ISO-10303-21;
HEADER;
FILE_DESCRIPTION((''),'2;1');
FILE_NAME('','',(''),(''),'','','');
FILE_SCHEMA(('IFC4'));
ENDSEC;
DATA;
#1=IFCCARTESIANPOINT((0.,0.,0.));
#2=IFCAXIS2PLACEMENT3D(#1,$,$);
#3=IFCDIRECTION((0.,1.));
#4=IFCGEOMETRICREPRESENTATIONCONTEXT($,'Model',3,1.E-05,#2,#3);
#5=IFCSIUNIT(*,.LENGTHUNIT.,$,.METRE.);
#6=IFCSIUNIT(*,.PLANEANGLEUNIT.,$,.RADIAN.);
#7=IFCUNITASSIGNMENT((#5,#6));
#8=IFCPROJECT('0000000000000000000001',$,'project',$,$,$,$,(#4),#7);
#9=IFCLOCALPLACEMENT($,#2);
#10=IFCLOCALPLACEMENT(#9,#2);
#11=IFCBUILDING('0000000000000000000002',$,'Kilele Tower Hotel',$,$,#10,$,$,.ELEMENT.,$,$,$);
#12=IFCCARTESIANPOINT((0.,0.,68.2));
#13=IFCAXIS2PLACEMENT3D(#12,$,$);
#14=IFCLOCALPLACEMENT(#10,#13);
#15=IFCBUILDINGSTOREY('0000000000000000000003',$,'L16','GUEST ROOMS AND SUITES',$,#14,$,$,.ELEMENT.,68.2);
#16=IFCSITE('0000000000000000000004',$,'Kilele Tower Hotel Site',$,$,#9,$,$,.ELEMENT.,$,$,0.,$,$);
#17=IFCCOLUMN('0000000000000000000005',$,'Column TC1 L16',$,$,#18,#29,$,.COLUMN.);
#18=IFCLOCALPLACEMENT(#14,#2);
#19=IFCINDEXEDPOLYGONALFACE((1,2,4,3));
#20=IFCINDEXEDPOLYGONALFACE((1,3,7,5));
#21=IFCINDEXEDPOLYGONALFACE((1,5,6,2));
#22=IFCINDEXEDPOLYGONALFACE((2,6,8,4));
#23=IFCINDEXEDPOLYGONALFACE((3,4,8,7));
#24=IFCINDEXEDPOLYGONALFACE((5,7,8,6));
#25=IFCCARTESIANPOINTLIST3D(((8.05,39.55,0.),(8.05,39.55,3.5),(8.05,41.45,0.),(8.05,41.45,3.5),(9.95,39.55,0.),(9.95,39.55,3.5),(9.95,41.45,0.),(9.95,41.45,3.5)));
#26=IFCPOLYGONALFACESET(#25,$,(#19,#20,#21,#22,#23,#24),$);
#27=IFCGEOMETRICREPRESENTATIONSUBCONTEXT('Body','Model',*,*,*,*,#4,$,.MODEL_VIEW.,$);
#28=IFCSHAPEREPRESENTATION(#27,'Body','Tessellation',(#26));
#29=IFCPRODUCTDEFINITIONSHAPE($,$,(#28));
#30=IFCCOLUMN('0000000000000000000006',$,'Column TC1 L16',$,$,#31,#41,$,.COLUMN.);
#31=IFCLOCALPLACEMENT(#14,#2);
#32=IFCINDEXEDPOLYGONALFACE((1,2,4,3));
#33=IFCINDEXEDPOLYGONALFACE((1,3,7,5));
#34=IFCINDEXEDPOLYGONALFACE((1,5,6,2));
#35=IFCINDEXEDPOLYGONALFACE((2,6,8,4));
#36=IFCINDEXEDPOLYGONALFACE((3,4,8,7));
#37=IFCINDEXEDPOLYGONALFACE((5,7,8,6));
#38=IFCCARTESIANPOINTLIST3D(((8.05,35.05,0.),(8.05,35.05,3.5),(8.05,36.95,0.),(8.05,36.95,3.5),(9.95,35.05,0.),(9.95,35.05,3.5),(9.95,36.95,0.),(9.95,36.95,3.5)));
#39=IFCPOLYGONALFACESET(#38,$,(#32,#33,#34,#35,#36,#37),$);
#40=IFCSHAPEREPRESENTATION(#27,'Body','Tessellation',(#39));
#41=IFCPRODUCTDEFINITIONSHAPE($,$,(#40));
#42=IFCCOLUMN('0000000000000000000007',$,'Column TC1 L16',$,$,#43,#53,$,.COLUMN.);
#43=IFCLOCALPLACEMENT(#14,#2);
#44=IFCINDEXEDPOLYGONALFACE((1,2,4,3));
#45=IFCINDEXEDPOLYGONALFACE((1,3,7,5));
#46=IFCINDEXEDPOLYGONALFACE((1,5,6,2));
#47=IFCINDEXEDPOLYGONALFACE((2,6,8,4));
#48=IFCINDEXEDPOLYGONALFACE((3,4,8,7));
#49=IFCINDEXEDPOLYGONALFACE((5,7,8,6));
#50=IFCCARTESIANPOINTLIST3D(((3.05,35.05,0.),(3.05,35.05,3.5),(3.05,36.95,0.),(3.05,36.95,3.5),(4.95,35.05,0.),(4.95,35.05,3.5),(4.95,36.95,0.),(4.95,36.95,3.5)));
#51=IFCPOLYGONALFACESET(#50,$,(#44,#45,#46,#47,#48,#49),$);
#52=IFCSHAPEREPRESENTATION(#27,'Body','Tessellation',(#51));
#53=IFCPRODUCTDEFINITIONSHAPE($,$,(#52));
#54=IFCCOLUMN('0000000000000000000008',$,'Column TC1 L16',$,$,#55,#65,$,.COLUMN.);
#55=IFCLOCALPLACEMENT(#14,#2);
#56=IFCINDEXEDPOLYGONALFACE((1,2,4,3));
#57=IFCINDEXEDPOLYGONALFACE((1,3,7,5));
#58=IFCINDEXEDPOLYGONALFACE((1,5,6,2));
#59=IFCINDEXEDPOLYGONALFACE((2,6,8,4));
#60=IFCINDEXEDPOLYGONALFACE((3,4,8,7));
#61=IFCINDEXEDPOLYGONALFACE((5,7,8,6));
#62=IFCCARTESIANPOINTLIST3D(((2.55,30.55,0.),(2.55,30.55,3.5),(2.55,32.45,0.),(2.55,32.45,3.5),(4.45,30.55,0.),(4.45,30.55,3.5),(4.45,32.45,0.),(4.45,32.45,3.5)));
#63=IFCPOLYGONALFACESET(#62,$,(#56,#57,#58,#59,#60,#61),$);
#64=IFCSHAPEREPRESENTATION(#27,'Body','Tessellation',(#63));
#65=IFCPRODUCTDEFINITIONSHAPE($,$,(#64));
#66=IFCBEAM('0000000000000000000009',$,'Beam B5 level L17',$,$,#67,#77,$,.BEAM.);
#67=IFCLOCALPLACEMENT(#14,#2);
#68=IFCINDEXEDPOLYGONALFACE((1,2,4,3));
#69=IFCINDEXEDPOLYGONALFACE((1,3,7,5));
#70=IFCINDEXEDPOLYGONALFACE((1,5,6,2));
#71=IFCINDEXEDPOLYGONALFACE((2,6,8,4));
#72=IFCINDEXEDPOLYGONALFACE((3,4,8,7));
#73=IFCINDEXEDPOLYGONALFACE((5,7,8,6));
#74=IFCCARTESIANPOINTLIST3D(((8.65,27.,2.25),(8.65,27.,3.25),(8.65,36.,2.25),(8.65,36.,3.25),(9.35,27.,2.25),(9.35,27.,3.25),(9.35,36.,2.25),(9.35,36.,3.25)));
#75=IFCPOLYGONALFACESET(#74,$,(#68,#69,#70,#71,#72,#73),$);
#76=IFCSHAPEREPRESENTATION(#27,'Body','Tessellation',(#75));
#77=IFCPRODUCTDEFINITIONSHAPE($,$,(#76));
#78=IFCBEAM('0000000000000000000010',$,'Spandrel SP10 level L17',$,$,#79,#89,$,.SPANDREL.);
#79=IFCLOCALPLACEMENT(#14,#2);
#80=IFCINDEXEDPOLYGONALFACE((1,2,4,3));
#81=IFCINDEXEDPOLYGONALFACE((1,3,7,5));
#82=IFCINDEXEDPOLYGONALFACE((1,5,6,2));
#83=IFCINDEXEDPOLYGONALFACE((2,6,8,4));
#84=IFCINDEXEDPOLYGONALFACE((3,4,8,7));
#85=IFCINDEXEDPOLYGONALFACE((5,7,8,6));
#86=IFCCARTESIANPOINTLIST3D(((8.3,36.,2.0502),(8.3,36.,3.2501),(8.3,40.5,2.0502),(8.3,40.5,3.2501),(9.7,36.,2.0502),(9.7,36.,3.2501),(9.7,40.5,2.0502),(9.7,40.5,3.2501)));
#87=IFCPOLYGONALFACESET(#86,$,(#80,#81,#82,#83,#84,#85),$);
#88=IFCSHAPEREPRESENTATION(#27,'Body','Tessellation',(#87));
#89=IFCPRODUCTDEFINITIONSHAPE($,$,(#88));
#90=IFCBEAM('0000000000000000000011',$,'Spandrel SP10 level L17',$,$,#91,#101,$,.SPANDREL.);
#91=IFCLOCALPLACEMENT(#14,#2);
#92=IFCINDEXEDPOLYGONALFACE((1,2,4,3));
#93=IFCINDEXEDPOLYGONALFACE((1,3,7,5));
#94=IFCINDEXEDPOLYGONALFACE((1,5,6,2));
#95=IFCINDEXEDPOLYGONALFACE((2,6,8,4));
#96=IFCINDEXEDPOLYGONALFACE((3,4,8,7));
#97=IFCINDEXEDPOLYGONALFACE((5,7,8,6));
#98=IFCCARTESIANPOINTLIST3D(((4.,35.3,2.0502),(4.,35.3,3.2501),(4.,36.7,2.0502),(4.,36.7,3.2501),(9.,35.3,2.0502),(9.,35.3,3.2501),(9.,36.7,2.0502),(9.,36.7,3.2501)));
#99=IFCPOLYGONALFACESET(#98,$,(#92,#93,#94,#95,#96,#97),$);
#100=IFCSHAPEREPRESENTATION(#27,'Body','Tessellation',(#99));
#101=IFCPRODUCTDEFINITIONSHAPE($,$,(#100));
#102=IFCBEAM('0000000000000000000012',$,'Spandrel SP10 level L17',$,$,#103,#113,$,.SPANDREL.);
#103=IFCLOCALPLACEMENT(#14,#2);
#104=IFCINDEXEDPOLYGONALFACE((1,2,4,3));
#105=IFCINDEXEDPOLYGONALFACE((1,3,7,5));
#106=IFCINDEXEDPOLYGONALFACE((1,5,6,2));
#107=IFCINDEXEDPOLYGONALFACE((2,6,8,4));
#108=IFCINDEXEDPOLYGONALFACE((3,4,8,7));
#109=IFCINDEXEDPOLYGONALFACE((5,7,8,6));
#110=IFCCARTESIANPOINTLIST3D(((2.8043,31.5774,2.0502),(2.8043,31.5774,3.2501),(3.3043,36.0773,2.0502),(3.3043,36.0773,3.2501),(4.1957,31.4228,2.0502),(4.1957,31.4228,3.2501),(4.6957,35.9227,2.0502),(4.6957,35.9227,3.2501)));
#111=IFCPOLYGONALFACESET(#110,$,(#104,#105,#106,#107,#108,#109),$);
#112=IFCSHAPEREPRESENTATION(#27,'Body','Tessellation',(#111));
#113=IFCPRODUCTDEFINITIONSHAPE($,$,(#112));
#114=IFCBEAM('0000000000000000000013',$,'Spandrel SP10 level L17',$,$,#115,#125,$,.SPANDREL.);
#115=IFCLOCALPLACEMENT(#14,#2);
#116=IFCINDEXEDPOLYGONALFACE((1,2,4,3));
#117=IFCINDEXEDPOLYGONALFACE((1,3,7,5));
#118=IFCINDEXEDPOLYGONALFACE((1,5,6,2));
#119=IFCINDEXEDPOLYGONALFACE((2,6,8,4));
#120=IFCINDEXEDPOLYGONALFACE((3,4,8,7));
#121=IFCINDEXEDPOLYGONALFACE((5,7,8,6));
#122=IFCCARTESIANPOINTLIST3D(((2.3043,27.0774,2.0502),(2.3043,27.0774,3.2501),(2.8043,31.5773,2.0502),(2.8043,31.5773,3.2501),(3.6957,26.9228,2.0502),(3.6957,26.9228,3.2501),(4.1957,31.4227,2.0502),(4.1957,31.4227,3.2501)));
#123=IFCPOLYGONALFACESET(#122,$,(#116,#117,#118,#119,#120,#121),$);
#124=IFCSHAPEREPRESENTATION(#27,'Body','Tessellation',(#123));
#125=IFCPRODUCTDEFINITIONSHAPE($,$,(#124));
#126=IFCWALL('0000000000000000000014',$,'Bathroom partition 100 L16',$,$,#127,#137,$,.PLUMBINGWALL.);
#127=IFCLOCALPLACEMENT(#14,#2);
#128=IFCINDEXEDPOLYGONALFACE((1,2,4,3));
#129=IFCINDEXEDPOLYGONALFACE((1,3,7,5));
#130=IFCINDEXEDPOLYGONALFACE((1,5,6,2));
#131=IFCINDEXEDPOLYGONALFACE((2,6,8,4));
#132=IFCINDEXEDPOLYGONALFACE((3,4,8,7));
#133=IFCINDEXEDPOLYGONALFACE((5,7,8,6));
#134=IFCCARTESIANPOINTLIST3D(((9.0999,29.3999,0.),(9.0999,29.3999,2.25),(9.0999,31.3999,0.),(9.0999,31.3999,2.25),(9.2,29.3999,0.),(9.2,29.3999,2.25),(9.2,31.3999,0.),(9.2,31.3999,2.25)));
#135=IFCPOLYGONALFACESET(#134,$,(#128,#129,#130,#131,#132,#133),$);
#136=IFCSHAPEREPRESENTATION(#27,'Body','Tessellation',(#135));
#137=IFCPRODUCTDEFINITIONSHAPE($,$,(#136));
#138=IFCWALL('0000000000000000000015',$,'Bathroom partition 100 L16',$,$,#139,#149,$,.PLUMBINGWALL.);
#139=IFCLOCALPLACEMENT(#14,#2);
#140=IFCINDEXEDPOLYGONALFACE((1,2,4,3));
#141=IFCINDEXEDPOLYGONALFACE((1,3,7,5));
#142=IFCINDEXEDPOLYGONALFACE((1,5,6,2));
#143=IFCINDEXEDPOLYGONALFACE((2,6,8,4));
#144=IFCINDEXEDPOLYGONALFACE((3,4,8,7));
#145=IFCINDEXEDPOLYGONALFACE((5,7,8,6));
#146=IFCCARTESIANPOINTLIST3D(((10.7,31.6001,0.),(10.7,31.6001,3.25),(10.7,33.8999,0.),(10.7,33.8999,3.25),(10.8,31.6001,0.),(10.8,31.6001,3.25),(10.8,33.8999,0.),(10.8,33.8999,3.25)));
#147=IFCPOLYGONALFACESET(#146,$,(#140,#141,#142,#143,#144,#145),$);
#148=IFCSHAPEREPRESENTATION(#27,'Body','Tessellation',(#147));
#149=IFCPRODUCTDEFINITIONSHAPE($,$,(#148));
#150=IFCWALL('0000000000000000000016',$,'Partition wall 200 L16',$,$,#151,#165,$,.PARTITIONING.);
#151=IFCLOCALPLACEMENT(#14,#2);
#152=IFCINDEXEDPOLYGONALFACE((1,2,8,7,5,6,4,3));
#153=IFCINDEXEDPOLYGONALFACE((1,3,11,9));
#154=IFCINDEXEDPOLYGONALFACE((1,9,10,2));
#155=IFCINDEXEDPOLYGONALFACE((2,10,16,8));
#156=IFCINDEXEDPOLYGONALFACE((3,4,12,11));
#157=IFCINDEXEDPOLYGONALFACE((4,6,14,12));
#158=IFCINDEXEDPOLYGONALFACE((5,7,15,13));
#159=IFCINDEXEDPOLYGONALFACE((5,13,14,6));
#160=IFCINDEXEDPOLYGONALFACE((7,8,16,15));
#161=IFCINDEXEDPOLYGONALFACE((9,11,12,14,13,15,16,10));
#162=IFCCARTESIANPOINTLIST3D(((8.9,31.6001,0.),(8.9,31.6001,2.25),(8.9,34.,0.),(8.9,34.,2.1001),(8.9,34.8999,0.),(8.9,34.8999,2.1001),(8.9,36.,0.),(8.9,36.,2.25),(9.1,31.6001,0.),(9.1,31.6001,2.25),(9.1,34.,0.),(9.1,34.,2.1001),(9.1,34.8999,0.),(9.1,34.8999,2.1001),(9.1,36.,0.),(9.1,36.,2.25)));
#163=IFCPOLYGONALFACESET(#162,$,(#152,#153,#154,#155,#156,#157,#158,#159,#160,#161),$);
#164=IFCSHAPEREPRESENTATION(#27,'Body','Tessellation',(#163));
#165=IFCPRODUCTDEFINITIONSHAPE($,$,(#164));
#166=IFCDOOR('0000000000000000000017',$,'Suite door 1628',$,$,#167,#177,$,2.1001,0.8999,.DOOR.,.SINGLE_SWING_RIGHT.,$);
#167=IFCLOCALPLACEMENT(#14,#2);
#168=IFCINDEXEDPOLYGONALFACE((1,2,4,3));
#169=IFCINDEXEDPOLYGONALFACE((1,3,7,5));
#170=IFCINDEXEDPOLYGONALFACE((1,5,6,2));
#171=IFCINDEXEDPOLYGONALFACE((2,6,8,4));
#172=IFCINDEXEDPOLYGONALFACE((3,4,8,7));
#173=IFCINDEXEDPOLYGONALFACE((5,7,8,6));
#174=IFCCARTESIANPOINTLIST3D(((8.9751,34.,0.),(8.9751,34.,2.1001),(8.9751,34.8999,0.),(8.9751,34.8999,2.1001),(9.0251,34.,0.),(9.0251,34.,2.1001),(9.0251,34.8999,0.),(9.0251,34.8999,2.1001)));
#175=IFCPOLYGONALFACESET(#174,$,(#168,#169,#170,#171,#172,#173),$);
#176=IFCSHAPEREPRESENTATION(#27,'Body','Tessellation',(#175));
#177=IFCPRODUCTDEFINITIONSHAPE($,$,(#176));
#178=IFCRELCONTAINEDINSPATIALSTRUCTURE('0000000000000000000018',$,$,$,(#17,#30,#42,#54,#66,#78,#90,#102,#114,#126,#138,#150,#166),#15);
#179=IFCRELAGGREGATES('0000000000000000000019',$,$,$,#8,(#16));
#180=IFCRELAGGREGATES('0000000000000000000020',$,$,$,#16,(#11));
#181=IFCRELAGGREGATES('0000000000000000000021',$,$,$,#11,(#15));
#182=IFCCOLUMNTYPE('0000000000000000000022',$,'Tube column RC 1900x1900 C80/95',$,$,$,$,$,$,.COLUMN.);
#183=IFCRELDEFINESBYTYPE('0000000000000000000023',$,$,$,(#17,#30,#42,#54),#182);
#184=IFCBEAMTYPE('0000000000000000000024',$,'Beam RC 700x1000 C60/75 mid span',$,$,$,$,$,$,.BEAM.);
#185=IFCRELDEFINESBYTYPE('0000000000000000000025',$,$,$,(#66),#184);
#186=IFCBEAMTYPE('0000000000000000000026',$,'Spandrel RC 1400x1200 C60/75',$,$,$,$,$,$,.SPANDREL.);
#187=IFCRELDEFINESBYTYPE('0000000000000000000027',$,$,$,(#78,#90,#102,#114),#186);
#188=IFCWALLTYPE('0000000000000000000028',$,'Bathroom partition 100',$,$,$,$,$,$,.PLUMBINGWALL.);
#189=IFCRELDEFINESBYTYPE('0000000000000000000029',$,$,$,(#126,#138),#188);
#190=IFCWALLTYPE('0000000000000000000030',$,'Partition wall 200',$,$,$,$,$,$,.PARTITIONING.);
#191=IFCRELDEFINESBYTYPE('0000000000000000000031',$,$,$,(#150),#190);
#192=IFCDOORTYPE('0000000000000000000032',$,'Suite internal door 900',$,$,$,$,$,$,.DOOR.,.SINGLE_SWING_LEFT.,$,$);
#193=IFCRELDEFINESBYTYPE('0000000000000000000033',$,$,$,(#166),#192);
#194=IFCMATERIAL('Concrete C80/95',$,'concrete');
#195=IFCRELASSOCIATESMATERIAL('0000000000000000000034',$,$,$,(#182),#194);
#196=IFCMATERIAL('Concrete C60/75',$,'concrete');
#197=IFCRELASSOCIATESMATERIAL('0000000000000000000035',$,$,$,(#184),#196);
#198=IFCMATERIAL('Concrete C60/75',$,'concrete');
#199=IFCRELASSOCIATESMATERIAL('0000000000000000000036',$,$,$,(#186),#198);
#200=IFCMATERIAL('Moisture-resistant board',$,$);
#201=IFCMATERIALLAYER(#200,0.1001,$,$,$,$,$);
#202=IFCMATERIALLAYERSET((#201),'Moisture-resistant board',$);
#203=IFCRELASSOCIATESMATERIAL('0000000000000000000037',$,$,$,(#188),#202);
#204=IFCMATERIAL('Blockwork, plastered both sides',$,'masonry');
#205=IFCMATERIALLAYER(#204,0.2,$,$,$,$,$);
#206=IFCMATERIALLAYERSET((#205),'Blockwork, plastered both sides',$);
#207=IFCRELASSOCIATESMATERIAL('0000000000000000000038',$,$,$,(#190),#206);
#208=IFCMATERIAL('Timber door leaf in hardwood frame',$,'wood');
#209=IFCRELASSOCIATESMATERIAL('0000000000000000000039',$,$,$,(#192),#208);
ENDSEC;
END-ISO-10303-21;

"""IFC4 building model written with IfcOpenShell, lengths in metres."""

from ifc_helpers import new_model, si_unit, direction, frame, frame_2d, origin, origin_2d, place, context, subcontext, project, spatial, rectangle, extrude, material, layer, layer_set, material_profile, profile_set, type_object, element, fill, save


model = new_model("IFC4")

# Units and contexts
model_context = context("Model", 3, precision=1e-05, world=origin(), true_north=direction((0.0, 1.0)))
body_context = subcontext(model_context, "Body", "Model", "MODEL_VIEW")
ifc_project = project(units=[si_unit("LENGTHUNIT", "METRE"), si_unit("PLANEANGLEUNIT", "RADIAN")], contexts=[model_context])

# Site, building, storey
site_placement = place(None, origin())
site = spatial("IfcSite", under=ifc_project, at=site_placement, Name="Kilele Tower Hotel Site", CompositionType="ELEMENT", RefElevation=0.0)
building_placement = place(site_placement, origin())
building = spatial("IfcBuilding", under=site, at=building_placement, Name="Kilele Tower Hotel", CompositionType="ELEMENT")
storey_placement = place(building_placement, frame((0.0, 0.0, 68.2)))
storey = spatial("IfcBuildingStorey", under=building, at=storey_placement, Name="L16", Description="GUEST ROOMS AND SUITES", CompositionType="ELEMENT", Elevation=68.2)

# Columns
ifc_material_1 = material(Name="Concrete C80/95", Category="concrete")
ifc_material_profile_1 = material_profile(ifc_material_1, rectangle(XDim=1.8999, YDim=1.8999, at=origin_2d()))
ifc_profile_set_1 = profile_set([ifc_material_profile_1], Name="Concrete C80/95")
column_type = type_object("IfcColumnType", Name="Tube column RC 1900x1900 C80/95", PredefinedType="COLUMN", material=ifc_profile_set_1)
for number, where, z_axis, x_axis, name in (
    (1, (9.0, 40.5, 0.0), (0.0, 0.0, 1.0), (1.0, 0.0, 0.0), "Column TC1 L16"),
    (2, (9.0, 36.0, 0.0), (0.0, 0.0, 1.0), (1.0, 0.0, 0.0), "Column TC1 L16"),
    (3, (4.0, 36.0, 0.0), (0.0, 0.0, 1.0), (1.0, 0.0, 0.0), "Column TC1 L16"),
    (4, (3.5, 31.5, 0.0), (0.0, 0.0, 1.0), (1.0, 0.0, 0.0), "Column TC1 L16"),
):
    element("IfcColumn", number, at=place(storey_placement, frame(where, z_axis=z_axis, x_axis=x_axis)), inside=storey, type_object=column_type, Name=name, PredefinedType="COLUMN", context=body_context, shape_type="SweptSolid", body=[
        extrude(rectangle(XDim=1.8999, YDim=1.8999, at=origin_2d()), origin(), (0.0, 0.0, 1.0), 3.5),
    ])

# Beams
ifc_material_2 = material(Name="Concrete C60/75", Category="concrete")
ifc_material_profile_2 = material_profile(ifc_material_2, rectangle(XDim=0.7, YDim=1.0, at=origin_2d()))
ifc_profile_set_2 = profile_set([ifc_material_profile_2], Name="Concrete C60/75")
beam_type_1 = type_object("IfcBeamType", Name="Beam RC 700x1000 C60/75 mid span", PredefinedType="BEAM", material=ifc_profile_set_2)
beam_1_placement = place(storey_placement, frame((9.0, 36.0, 2.75), z_axis=(0.0, -1.0, 0.0), x_axis=(1.0, 0.0, 0.0)))
element("IfcBeam", 5, at=beam_1_placement, inside=storey, type_object=beam_type_1, Name="Beam B5 level L17", PredefinedType="BEAM", context=body_context, shape_type="SweptSolid", body=[
    extrude(rectangle(XDim=0.7, YDim=1.0, at=origin_2d()), origin(), (0.0, 0.0, 1.0), 9.0),
])
ifc_material_3 = material(Name="Concrete C60/75", Category="concrete")
ifc_material_profile_3 = material_profile(ifc_material_3, rectangle(XDim=1.3999, YDim=1.2, at=origin_2d()))
ifc_profile_set_3 = profile_set([ifc_material_profile_3], Name="Concrete C60/75")
beam_type_2 = type_object("IfcBeamType", Name="Spandrel RC 1400x1200 C60/75", PredefinedType="SPANDREL", material=ifc_profile_set_3)
beam_2_placement = place(storey_placement, frame((9.0, 40.5, 2.6501), z_axis=(0.0, -1.0, 0.0), x_axis=(1.0, 0.0, 0.0)))
element("IfcBeam", 6, at=beam_2_placement, inside=storey, type_object=beam_type_2, Name="Spandrel SP10 level L17", PredefinedType="SPANDREL", context=body_context, shape_type="SweptSolid", body=[
    extrude(rectangle(XDim=1.3999, YDim=1.2, at=origin_2d()), origin(), (0.0, 0.0, 1.0), 4.5),
])
beam_3_placement = place(storey_placement, frame((9.0, 36.0, 2.6501), z_axis=(-1.0, 0.0, 0.0), x_axis=(0.0, -1.0, 0.0)))
element("IfcBeam", 7, at=beam_3_placement, inside=storey, type_object=beam_type_2, Name="Spandrel SP10 level L17", PredefinedType="SPANDREL", context=body_context, shape_type="SweptSolid", body=[
    extrude(rectangle(XDim=1.3999, YDim=1.2, at=origin_2d()), origin(), (0.0, 0.0, 1.0), 5.0),
])
for number, where, z_axis, x_axis, name in (
    (8, (4.0, 36.0, 2.6501), (-0.110432, -0.993884, 0.0), (0.993884, -0.110432, 0.0), "Spandrel SP10 level L17"),
    (9, (3.5, 31.5, 2.6501), (-0.110432, -0.993884, 0.0), (0.993884, -0.110432, 0.0), "Spandrel SP10 level L17"),
):
    element("IfcBeam", number, at=place(storey_placement, frame(where, z_axis=z_axis, x_axis=x_axis)), inside=storey, type_object=beam_type_2, Name=name, PredefinedType="SPANDREL", context=body_context, shape_type="SweptSolid", body=[
        extrude(rectangle(XDim=1.3999, YDim=1.2, at=origin_2d()), origin(), (0.0, 0.0, 1.0), 4.5276),
    ])

# Walls
ifc_material_4 = material(Name="Moisture-resistant board")
ifc_layer_1 = layer(ifc_material_4, 0.1001)
ifc_layer_set_1 = layer_set([ifc_layer_1], Name="Moisture-resistant board")
wall_type_1 = type_object("IfcWallType", Name="Bathroom partition 100", PredefinedType="PLUMBINGWALL", material=ifc_layer_set_1)
wall_1_placement = place(storey_placement, frame((9.1499, 31.3999, 0.0), z_axis=(0.0, 0.0, 1.0), x_axis=(0.0, -1.0, 0.0)))
element("IfcWall", 10, at=wall_1_placement, inside=storey, type_object=wall_type_1, Name="Bathroom partition 100 L16", PredefinedType="PLUMBINGWALL", context=body_context, shape_type="SweptSolid", body=[
    extrude(rectangle(XDim=2.0, YDim=0.1001, at=frame_2d((1.0, 0.0))), origin(), (0.0, 0.0, 1.0), 2.25),
])
wall_2_placement = place(storey_placement, frame((10.75, 31.6001, 0.0), z_axis=(0.0, 0.0, 1.0), x_axis=(0.0, 1.0, 0.0)))
element("IfcWall", 11, at=wall_2_placement, inside=storey, type_object=wall_type_1, Name="Bathroom partition 100 L16", PredefinedType="PLUMBINGWALL", context=body_context, shape_type="SweptSolid", body=[
    extrude(rectangle(XDim=2.2998, YDim=0.1001, at=frame_2d((1.1499, 0.0))), origin(), (0.0, 0.0, 1.0), 3.25),
])

# Wall, opening, door
ifc_material_5 = material(Name="Blockwork, plastered both sides", Category="masonry")
ifc_layer_2 = layer(ifc_material_5, 0.2)
ifc_layer_set_2 = layer_set([ifc_layer_2], Name="Blockwork, plastered both sides")
wall_type_2 = type_object("IfcWallType", Name="Partition wall 200", PredefinedType="PARTITIONING", material=ifc_layer_set_2)
wall_3_placement = place(storey_placement, frame((9.0, 31.6001, 0.0), z_axis=(0.0, 0.0, 1.0), x_axis=(0.0, 1.0, 0.0)))
wall_3 = element("IfcWall", 12, at=wall_3_placement, inside=storey, type_object=wall_type_2, Name="Partition wall 200 L16", PredefinedType="PARTITIONING", context=body_context, shape_type="SweptSolid", body=[
    extrude(rectangle(XDim=4.3999, YDim=0.2, at=frame_2d((2.2, 0.0))), origin(), (0.0, 0.0, 1.0), 2.25),
])
opening_1_placement = place(wall_3_placement, frame((2.3999, 0.0, 0.0)))
opening_1 = element("IfcOpeningElement", 13, at=opening_1_placement, cuts=wall_3, PredefinedType="OPENING", context=body_context, shape_type="SweptSolid", body=[
    extrude(rectangle(XDim=0.8999, YDim=2.1001, at=frame_2d((0.45, 1.05))), frame((0.0, 0.1099, 0.0), z_axis=(0.0, -1.0, 0.0), x_axis=(1.0, 0.0, 0.0)), (0.0, 0.0, 1.0), 0.22),
])
ifc_material_6 = material(Name="Timber door leaf in hardwood frame", Category="wood")
door_type = type_object("IfcDoorType", Name="Suite internal door 900", OperationType="SINGLE_SWING_LEFT", PredefinedType="DOOR", material=ifc_material_6)
door_placement = place(opening_1_placement, origin())
door = element("IfcDoor", 14, at=door_placement, inside=storey, type_object=door_type, Name="Suite door 1628", OperationType="SINGLE_SWING_RIGHT", OverallHeight=2.1001, OverallWidth=0.8999, PredefinedType="DOOR", context=body_context, shape_type="SweptSolid", body=[
    extrude(rectangle(XDim=0.8999, YDim=2.1001, at=frame_2d((0.45, 1.05))), frame((0.0, 0.0249, 0.0), z_axis=(0.0, -1.0, 0.0), x_axis=(1.0, 0.0, 0.0)), (0.0, 0.0, 1.0), 0.05),
])
fill(opening_1, door)

save(model, "model.ifc")
